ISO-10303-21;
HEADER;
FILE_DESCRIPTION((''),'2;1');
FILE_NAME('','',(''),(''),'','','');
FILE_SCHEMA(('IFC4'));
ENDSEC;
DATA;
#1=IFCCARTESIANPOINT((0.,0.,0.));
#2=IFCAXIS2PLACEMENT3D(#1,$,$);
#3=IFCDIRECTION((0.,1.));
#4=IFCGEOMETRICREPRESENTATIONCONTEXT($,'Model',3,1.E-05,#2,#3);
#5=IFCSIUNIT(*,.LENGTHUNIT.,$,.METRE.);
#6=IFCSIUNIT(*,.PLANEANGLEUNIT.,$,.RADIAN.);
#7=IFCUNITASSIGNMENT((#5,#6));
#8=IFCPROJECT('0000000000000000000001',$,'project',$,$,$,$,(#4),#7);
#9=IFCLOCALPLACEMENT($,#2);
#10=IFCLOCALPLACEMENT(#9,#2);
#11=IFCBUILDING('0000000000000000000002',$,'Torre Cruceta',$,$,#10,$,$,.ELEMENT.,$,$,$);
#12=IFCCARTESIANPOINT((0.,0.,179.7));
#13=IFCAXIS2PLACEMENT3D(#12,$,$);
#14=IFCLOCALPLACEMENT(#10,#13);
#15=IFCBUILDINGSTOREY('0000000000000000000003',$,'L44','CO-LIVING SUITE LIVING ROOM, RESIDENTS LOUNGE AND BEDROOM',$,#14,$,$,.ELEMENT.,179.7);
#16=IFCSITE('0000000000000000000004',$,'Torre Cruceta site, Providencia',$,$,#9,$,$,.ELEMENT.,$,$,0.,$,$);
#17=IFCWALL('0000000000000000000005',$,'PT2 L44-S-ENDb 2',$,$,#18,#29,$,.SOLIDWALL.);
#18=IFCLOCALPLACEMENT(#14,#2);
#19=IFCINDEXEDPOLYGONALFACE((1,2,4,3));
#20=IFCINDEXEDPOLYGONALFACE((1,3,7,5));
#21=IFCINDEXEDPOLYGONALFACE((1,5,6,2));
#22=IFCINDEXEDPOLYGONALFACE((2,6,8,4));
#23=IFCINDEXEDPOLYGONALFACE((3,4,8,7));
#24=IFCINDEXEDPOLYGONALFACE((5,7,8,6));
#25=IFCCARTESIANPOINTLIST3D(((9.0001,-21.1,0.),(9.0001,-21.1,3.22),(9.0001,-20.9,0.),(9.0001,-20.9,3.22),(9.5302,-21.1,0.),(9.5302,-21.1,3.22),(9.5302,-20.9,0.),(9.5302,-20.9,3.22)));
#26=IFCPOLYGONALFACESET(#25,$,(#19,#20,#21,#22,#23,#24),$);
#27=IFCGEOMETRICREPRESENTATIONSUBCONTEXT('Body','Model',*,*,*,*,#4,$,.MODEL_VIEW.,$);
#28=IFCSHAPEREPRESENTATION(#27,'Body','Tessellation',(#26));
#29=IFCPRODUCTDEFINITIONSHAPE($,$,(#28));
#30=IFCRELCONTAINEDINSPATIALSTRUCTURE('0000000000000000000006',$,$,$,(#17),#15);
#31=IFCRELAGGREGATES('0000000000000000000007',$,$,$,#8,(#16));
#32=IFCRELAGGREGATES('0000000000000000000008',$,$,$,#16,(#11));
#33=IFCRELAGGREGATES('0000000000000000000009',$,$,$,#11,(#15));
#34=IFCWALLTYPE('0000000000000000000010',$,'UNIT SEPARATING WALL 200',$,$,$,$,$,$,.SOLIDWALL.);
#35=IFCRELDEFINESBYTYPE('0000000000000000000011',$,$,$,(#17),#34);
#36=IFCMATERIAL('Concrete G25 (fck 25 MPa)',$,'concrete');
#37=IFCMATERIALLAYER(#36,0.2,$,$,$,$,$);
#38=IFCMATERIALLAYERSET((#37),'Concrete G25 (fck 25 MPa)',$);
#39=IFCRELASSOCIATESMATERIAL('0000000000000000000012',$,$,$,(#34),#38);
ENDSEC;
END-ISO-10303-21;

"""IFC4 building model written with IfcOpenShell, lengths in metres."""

from ifc_helpers import new_model, si_unit, direction, frame, frame_2d, origin, place, context, subcontext, project, spatial, rectangle, extrude, material, layer, layer_set, type_object, element, save


model = new_model("IFC4")

# Units and contexts
model_context = context("Model", 3, precision=1e-05, world=origin(), true_north=direction((0.0, 1.0)))
body_context = subcontext(model_context, "Body", "Model", "MODEL_VIEW")
ifc_project = project(units=[si_unit("LENGTHUNIT", "METRE"), si_unit("PLANEANGLEUNIT", "RADIAN")], contexts=[model_context])

# Site, building, storey
site_placement = place(None, origin())
site = spatial("IfcSite", under=ifc_project, at=site_placement, Name="Torre Cruceta site, Providencia", CompositionType="ELEMENT", RefElevation=0.0)
building_placement = place(site_placement, origin())
building = spatial("IfcBuilding", under=site, at=building_placement, Name="Torre Cruceta", CompositionType="ELEMENT")
storey_placement = place(building_placement, frame((0.0, 0.0, 179.7)))
storey = spatial("IfcBuildingStorey", under=building, at=storey_placement, Name="L44", Description="CO-LIVING SUITE LIVING ROOM, RESIDENTS LOUNGE AND BEDROOM", CompositionType="ELEMENT", Elevation=179.7)

# Shared definitions
ifc_material_1 = material(Name="Concrete G25 (fck 25 MPa)", Category="concrete")
ifc_layer_1 = layer(ifc_material_1, 0.2)
ifc_layer_set_1 = layer_set([ifc_layer_1], Name="Concrete G25 (fck 25 MPa)")
wall_type_1 = type_object("IfcWallType", Name="UNIT SEPARATING WALL 200", PredefinedType="SOLIDWALL", material=ifc_layer_set_1)

# Wall
wall_1_placement = place(storey_placement, frame((9.0, -21.0, 0.0), z_axis=(0.0, 0.0, 1.0), x_axis=(1.0, 0.0, 0.0)))
element("IfcWall", 1, at=wall_1_placement, inside=storey, type_object=wall_type_1, Name="PT2 L44-S-ENDb 2", PredefinedType="SOLIDWALL", context=body_context, shape_type="SweptSolid", body=[
    extrude(rectangle(XDim=0.53, YDim=0.2, at=frame_2d((0.2651, 0.0))), origin(), (0.0, 0.0, 1.0), 3.22),
])

save(model, "model.ifc")
